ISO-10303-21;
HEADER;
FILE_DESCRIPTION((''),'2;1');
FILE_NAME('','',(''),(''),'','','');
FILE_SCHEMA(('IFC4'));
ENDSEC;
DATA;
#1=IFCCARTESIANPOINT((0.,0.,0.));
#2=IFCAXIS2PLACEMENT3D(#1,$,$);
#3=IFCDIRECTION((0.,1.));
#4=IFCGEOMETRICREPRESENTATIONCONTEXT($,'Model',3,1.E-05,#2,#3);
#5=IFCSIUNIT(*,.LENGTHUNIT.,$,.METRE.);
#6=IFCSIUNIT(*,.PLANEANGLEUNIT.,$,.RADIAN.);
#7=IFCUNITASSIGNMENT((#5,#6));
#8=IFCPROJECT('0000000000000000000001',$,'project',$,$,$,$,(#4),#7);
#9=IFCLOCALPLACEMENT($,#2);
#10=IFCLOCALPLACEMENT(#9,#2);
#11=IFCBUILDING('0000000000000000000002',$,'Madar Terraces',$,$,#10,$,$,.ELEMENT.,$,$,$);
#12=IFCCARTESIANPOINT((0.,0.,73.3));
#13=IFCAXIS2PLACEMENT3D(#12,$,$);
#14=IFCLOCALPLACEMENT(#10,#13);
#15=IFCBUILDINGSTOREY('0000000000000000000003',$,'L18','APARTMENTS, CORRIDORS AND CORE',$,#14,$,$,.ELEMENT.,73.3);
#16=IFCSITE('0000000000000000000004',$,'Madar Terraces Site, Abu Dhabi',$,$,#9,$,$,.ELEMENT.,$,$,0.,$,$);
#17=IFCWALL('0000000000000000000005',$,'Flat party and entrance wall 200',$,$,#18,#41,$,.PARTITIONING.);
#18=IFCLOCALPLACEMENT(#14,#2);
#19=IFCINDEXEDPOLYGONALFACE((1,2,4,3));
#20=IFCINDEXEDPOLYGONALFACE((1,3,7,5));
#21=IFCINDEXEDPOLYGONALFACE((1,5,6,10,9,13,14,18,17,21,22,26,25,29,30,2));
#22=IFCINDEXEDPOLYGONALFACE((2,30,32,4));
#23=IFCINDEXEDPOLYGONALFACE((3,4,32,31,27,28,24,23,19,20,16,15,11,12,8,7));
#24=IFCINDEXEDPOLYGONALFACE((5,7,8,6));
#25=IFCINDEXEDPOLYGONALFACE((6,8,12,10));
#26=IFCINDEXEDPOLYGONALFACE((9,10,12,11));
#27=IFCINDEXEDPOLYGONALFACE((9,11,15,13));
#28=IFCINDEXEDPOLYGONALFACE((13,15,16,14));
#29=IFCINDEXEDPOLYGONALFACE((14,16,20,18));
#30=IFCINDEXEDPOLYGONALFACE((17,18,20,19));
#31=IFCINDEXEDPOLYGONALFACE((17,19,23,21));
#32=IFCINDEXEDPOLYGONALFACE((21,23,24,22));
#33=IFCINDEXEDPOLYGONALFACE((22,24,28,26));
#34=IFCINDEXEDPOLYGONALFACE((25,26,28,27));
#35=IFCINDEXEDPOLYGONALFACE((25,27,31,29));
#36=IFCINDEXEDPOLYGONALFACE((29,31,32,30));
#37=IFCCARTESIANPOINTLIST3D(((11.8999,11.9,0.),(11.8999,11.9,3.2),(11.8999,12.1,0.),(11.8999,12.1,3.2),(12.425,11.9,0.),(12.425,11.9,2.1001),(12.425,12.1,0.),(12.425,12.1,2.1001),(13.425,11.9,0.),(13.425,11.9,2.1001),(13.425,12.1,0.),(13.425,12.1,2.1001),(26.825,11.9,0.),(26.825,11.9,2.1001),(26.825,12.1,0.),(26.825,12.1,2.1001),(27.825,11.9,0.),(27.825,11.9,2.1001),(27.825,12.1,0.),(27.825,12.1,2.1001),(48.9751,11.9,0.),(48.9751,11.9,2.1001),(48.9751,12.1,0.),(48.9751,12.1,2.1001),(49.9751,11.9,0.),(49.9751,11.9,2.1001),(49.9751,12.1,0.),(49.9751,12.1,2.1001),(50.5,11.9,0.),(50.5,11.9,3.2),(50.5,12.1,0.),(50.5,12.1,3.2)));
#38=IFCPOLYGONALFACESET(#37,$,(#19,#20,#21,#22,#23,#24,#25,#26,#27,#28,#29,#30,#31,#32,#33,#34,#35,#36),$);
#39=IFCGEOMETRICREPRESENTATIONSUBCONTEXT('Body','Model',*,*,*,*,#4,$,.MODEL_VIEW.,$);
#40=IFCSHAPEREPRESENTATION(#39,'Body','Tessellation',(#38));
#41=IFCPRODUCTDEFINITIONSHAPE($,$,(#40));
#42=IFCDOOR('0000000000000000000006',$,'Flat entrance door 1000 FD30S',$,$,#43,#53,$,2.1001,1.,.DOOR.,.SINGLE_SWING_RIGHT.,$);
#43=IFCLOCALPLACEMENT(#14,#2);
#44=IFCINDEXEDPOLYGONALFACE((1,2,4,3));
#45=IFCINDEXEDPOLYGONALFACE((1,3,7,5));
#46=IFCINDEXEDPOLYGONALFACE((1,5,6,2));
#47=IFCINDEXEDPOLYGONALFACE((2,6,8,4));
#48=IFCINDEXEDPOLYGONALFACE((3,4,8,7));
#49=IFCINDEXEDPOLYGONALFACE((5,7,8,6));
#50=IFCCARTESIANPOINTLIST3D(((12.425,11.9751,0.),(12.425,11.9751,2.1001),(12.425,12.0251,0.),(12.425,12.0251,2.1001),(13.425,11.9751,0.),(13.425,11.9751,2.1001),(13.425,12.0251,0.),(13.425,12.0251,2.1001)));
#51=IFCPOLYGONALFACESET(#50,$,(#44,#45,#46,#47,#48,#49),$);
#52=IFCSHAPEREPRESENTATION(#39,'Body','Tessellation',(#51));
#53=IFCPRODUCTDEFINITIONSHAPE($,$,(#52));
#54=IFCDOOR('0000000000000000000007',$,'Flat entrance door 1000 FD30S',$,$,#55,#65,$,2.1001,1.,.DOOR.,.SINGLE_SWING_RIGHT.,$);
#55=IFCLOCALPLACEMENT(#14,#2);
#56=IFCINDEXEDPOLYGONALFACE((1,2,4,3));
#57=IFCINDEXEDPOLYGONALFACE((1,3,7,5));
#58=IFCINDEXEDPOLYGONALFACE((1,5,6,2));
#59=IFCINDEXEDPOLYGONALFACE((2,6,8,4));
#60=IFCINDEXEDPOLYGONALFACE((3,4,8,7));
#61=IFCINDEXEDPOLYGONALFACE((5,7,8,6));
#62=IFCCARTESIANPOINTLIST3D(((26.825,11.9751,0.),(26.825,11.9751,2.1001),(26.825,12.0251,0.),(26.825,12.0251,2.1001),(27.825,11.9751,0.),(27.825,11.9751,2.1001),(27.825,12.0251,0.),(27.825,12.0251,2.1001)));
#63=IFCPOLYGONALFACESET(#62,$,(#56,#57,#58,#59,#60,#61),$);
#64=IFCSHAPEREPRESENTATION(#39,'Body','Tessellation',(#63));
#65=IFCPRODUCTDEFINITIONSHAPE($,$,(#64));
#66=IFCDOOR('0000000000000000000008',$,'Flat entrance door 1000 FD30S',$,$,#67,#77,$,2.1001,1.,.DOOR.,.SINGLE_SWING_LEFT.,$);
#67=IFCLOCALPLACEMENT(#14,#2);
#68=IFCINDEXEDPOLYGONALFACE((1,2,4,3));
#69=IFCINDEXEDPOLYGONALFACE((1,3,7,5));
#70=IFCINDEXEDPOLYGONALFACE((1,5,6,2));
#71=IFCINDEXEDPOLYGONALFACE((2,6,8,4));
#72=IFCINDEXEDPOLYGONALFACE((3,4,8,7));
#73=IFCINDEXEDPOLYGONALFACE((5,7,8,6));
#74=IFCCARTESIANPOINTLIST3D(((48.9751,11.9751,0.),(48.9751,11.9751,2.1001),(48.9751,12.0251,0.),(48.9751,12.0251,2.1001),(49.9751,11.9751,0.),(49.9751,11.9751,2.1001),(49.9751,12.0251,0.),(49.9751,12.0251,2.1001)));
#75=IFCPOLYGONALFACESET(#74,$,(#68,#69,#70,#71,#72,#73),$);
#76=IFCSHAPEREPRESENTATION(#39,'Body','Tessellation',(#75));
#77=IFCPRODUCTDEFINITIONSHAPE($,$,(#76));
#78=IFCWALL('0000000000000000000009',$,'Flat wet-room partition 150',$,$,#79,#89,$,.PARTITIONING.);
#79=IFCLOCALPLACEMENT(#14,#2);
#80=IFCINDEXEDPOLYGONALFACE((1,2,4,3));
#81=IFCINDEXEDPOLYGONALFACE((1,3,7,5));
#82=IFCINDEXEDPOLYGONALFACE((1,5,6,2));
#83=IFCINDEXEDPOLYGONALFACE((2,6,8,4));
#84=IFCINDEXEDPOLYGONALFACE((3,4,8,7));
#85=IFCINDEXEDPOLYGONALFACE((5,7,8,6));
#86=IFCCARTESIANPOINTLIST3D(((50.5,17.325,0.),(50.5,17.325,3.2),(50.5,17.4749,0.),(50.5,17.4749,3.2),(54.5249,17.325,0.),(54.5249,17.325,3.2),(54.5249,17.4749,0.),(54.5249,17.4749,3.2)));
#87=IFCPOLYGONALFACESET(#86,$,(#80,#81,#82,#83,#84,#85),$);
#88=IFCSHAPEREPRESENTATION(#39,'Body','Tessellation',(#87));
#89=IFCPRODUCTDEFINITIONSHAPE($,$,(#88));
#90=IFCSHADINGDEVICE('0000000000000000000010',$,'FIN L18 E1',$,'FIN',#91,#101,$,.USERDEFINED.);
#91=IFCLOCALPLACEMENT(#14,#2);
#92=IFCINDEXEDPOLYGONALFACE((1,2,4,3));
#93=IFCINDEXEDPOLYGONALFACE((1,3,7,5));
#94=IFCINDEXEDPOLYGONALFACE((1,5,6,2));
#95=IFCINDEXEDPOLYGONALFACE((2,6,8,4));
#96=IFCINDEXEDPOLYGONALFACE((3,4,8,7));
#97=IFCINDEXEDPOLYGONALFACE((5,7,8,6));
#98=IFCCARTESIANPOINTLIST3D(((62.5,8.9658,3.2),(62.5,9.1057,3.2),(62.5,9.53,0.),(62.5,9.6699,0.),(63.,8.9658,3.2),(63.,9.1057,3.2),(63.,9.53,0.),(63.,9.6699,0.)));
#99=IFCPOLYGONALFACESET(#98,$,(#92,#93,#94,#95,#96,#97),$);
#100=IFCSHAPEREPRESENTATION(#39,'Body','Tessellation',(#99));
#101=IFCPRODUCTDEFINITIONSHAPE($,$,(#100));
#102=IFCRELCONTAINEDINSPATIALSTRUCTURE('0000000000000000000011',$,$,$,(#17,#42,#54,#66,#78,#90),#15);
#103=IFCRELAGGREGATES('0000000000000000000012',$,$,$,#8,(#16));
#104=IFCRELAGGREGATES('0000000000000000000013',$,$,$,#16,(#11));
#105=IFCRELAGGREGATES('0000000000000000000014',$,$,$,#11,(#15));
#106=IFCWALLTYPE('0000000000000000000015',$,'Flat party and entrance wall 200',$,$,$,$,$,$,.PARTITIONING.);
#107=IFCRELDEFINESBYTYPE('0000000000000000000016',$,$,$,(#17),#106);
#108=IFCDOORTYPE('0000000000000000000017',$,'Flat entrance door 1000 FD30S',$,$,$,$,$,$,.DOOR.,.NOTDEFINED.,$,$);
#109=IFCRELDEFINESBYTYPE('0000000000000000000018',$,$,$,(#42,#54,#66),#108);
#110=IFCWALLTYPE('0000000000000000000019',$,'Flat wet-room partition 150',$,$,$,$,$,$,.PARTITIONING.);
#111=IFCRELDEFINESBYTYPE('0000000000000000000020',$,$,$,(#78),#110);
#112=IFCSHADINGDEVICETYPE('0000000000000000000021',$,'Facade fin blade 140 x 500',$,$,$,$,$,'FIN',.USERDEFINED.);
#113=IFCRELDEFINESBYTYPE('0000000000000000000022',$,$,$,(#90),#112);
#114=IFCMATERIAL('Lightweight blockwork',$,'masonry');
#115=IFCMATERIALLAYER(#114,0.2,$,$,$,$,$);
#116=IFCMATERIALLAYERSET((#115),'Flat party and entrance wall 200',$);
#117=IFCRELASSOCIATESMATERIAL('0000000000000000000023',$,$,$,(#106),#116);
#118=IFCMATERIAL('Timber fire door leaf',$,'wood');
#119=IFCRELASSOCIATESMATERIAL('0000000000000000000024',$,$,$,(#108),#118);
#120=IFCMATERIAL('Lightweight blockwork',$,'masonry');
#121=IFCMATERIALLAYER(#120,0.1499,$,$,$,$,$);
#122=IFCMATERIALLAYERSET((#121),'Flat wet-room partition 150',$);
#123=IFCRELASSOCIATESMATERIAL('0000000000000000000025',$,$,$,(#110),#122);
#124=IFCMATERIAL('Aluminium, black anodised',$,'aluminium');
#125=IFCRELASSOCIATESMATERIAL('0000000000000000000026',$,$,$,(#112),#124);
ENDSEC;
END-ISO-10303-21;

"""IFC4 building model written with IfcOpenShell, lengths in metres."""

from ifc_helpers import new_model, si_unit, direction, frame, frame_2d, origin, place, context, subcontext, project, spatial, polyline, rectangle, outline, extrude, material, layer, layer_set, type_object, element, fill, save


model = new_model("IFC4")

# Units and contexts
model_context = context("Model", 3, precision=1e-05, world=origin(), true_north=direction((0.0, 1.0)))
body_context = subcontext(model_context, "Body", "Model", "MODEL_VIEW")
ifc_project = project(units=[si_unit("LENGTHUNIT", "METRE"), si_unit("PLANEANGLEUNIT", "RADIAN")], contexts=[model_context])

# Site, building, storey
site_placement = place(None, origin())
site = spatial("IfcSite", under=ifc_project, at=site_placement, Name="Madar Terraces Site, Abu Dhabi", CompositionType="ELEMENT", RefElevation=0.0)
building_placement = place(site_placement, origin())
building = spatial("IfcBuilding", under=site, at=building_placement, Name="Madar Terraces", CompositionType="ELEMENT")
storey_placement = place(building_placement, frame((0.0, 0.0, 73.3)))
storey = spatial("IfcBuildingStorey", under=building, at=storey_placement, Name="L18", Description="APARTMENTS, CORRIDORS AND CORE", CompositionType="ELEMENT", Elevation=73.3)

# Wall, openings, doors
ifc_material_1 = material(Name="Lightweight blockwork", Category="masonry")
ifc_layer_1 = layer(ifc_material_1, 0.2)
ifc_layer_set_1 = layer_set([ifc_layer_1], Name="Flat party and entrance wall 200")
wall_type_1 = type_object("IfcWallType", Name="Flat party and entrance wall 200", PredefinedType="PARTITIONING", material=ifc_layer_set_1)
wall_1_placement = place(storey_placement, frame((50.5, 12.0, 0.0), z_axis=(0.0, 0.0, 1.0), x_axis=(-1.0, 0.0, 0.0)))
wall_1 = element("IfcWall", 1, at=wall_1_placement, inside=storey, type_object=wall_type_1, Name="Flat party and entrance wall 200", PredefinedType="PARTITIONING", context=body_context, shape_type="SweptSolid", body=[
    extrude(rectangle(XDim=38.6001, YDim=0.2, at=frame_2d((19.3, 0.0))), origin(), (0.0, 0.0, 1.0), 3.2),
])
opening_1_placement = place(wall_1_placement, frame((37.075, 0.0, 0.0)))
opening_1 = element("IfcOpeningElement", 2, at=opening_1_placement, cuts=wall_1, PredefinedType="OPENING", context=body_context, shape_type="SweptSolid", body=[
    extrude(rectangle(XDim=1.0, YDim=2.1001, at=frame_2d((0.5, 1.05))), frame((0.0, 0.1099, 0.0), z_axis=(0.0, -1.0, 0.0), x_axis=(1.0, 0.0, 0.0)), (0.0, 0.0, 1.0), 0.22),
])
opening_2_placement = place(wall_1_placement, frame((22.675, 0.0, 0.0)))
opening_2 = element("IfcOpeningElement", 3, at=opening_2_placement, cuts=wall_1, PredefinedType="OPENING", context=body_context, shape_type="SweptSolid", body=[
    extrude(rectangle(XDim=1.0, YDim=2.1001, at=frame_2d((0.5, 1.05))), frame((0.0, 0.1099, 0.0), z_axis=(0.0, -1.0, 0.0), x_axis=(1.0, 0.0, 0.0)), (0.0, 0.0, 1.0), 0.22),
])
opening_3_placement = place(wall_1_placement, frame((0.5249, 0.0, 0.0)))
opening_3 = element("IfcOpeningElement", 4, at=opening_3_placement, cuts=wall_1, PredefinedType="OPENING", context=body_context, shape_type="SweptSolid", body=[
    extrude(rectangle(XDim=1.0, YDim=2.1001, at=frame_2d((0.5, 1.05))), frame((0.0, 0.1099, 0.0), z_axis=(0.0, -1.0, 0.0), x_axis=(1.0, 0.0, 0.0)), (0.0, 0.0, 1.0), 0.22),
])
ifc_material_2 = material(Name="Timber fire door leaf", Category="wood")
door_type_1 = type_object("IfcDoorType", Name="Flat entrance door 1000 FD30S", OperationType="NOTDEFINED", PredefinedType="DOOR", material=ifc_material_2)
door_1_placement = place(opening_1_placement, origin())
door_1 = element("IfcDoor", 5, at=door_1_placement, inside=storey, type_object=door_type_1, Name="Flat entrance door 1000 FD30S", OperationType="SINGLE_SWING_RIGHT", OverallHeight=2.1001, OverallWidth=1.0, PredefinedType="DOOR", context=body_context, shape_type="SweptSolid", body=[
    extrude(rectangle(XDim=1.0, YDim=2.1001, at=frame_2d((0.5, 1.05))), frame((0.0, 0.0249, 0.0), z_axis=(0.0, -1.0, 0.0), x_axis=(1.0, 0.0, 0.0)), (0.0, 0.0, 1.0), 0.05),
])
fill(opening_1, door_1)
door_2_placement = place(opening_2_placement, origin())
door_2 = element("IfcDoor", 6, at=door_2_placement, inside=storey, type_object=door_type_1, Name="Flat entrance door 1000 FD30S", OperationType="SINGLE_SWING_RIGHT", OverallHeight=2.1001, OverallWidth=1.0, PredefinedType="DOOR", context=body_context, shape_type="SweptSolid", body=[
    extrude(rectangle(XDim=1.0, YDim=2.1001, at=frame_2d((0.5, 1.05))), frame((0.0, 0.0249, 0.0), z_axis=(0.0, -1.0, 0.0), x_axis=(1.0, 0.0, 0.0)), (0.0, 0.0, 1.0), 0.05),
])
fill(opening_2, door_2)
door_3_placement = place(opening_3_placement, origin())
door_3 = element("IfcDoor", 7, at=door_3_placement, inside=storey, type_object=door_type_1, Name="Flat entrance door 1000 FD30S", OperationType="SINGLE_SWING_LEFT", OverallHeight=2.1001, OverallWidth=1.0, PredefinedType="DOOR", context=body_context, shape_type="SweptSolid", body=[
    extrude(rectangle(XDim=1.0, YDim=2.1001, at=frame_2d((0.5, 1.05))), frame((0.0, 0.0249, 0.0), z_axis=(0.0, -1.0, 0.0), x_axis=(1.0, 0.0, 0.0)), (0.0, 0.0, 1.0), 0.05),
])
fill(opening_3, door_3)

# Wall
ifc_material_3 = material(Name="Lightweight blockwork", Category="masonry")
ifc_layer_2 = layer(ifc_material_3, 0.1499)
ifc_layer_set_2 = layer_set([ifc_layer_2], Name="Flat wet-room partition 150")
wall_type_2 = type_object("IfcWallType", Name="Flat wet-room partition 150", PredefinedType="PARTITIONING", material=ifc_layer_set_2)
wall_2_placement = place(storey_placement, frame((50.5, 17.3999, 0.0), z_axis=(0.0, 0.0, 1.0), x_axis=(1.0, 0.0, 0.0)))
element("IfcWall", 8, at=wall_2_placement, inside=storey, type_object=wall_type_2, Name="Flat wet-room partition 150", PredefinedType="PARTITIONING", context=body_context, shape_type="SweptSolid", body=[
    extrude(rectangle(XDim=4.0249, YDim=0.1499, at=frame_2d((2.0125, 0.0))), origin(), (0.0, 0.0, 1.0), 3.2),
])

# Shading device
ifc_material_4 = material(Name="Aluminium, black anodised", Category="aluminium")
shading_device_type = type_object("IfcShadingDeviceType", Name="Facade fin blade 140 x 500", ElementType="FIN", PredefinedType="USERDEFINED", material=ifc_material_4)
shading_device_placement = place(storey_placement, frame((62.75, 9.53, 0.0), z_axis=(0.0, 0.0, 1.0), x_axis=(0.0, 1.0, 0.0)))
element("IfcShadingDevice", 9, at=shading_device_placement, inside=storey, type_object=shading_device_type, Name="FIN L18 E1", ObjectType="FIN", PredefinedType="USERDEFINED", context=body_context, shape_type="SweptSolid", body=[
    extrude(outline(polyline([(0.0, 0.0), (0.1399, 0.0), (-0.4243, 3.2), (-0.5642, 3.2), (0.0, 0.0)])), frame((0.0, 0.25, 0.0), z_axis=(0.0, -1.0, 0.0), x_axis=(1.0, 0.0, 0.0)), (0.0, 0.0, 1.0), 0.5),
])

save(model, "model.ifc")
